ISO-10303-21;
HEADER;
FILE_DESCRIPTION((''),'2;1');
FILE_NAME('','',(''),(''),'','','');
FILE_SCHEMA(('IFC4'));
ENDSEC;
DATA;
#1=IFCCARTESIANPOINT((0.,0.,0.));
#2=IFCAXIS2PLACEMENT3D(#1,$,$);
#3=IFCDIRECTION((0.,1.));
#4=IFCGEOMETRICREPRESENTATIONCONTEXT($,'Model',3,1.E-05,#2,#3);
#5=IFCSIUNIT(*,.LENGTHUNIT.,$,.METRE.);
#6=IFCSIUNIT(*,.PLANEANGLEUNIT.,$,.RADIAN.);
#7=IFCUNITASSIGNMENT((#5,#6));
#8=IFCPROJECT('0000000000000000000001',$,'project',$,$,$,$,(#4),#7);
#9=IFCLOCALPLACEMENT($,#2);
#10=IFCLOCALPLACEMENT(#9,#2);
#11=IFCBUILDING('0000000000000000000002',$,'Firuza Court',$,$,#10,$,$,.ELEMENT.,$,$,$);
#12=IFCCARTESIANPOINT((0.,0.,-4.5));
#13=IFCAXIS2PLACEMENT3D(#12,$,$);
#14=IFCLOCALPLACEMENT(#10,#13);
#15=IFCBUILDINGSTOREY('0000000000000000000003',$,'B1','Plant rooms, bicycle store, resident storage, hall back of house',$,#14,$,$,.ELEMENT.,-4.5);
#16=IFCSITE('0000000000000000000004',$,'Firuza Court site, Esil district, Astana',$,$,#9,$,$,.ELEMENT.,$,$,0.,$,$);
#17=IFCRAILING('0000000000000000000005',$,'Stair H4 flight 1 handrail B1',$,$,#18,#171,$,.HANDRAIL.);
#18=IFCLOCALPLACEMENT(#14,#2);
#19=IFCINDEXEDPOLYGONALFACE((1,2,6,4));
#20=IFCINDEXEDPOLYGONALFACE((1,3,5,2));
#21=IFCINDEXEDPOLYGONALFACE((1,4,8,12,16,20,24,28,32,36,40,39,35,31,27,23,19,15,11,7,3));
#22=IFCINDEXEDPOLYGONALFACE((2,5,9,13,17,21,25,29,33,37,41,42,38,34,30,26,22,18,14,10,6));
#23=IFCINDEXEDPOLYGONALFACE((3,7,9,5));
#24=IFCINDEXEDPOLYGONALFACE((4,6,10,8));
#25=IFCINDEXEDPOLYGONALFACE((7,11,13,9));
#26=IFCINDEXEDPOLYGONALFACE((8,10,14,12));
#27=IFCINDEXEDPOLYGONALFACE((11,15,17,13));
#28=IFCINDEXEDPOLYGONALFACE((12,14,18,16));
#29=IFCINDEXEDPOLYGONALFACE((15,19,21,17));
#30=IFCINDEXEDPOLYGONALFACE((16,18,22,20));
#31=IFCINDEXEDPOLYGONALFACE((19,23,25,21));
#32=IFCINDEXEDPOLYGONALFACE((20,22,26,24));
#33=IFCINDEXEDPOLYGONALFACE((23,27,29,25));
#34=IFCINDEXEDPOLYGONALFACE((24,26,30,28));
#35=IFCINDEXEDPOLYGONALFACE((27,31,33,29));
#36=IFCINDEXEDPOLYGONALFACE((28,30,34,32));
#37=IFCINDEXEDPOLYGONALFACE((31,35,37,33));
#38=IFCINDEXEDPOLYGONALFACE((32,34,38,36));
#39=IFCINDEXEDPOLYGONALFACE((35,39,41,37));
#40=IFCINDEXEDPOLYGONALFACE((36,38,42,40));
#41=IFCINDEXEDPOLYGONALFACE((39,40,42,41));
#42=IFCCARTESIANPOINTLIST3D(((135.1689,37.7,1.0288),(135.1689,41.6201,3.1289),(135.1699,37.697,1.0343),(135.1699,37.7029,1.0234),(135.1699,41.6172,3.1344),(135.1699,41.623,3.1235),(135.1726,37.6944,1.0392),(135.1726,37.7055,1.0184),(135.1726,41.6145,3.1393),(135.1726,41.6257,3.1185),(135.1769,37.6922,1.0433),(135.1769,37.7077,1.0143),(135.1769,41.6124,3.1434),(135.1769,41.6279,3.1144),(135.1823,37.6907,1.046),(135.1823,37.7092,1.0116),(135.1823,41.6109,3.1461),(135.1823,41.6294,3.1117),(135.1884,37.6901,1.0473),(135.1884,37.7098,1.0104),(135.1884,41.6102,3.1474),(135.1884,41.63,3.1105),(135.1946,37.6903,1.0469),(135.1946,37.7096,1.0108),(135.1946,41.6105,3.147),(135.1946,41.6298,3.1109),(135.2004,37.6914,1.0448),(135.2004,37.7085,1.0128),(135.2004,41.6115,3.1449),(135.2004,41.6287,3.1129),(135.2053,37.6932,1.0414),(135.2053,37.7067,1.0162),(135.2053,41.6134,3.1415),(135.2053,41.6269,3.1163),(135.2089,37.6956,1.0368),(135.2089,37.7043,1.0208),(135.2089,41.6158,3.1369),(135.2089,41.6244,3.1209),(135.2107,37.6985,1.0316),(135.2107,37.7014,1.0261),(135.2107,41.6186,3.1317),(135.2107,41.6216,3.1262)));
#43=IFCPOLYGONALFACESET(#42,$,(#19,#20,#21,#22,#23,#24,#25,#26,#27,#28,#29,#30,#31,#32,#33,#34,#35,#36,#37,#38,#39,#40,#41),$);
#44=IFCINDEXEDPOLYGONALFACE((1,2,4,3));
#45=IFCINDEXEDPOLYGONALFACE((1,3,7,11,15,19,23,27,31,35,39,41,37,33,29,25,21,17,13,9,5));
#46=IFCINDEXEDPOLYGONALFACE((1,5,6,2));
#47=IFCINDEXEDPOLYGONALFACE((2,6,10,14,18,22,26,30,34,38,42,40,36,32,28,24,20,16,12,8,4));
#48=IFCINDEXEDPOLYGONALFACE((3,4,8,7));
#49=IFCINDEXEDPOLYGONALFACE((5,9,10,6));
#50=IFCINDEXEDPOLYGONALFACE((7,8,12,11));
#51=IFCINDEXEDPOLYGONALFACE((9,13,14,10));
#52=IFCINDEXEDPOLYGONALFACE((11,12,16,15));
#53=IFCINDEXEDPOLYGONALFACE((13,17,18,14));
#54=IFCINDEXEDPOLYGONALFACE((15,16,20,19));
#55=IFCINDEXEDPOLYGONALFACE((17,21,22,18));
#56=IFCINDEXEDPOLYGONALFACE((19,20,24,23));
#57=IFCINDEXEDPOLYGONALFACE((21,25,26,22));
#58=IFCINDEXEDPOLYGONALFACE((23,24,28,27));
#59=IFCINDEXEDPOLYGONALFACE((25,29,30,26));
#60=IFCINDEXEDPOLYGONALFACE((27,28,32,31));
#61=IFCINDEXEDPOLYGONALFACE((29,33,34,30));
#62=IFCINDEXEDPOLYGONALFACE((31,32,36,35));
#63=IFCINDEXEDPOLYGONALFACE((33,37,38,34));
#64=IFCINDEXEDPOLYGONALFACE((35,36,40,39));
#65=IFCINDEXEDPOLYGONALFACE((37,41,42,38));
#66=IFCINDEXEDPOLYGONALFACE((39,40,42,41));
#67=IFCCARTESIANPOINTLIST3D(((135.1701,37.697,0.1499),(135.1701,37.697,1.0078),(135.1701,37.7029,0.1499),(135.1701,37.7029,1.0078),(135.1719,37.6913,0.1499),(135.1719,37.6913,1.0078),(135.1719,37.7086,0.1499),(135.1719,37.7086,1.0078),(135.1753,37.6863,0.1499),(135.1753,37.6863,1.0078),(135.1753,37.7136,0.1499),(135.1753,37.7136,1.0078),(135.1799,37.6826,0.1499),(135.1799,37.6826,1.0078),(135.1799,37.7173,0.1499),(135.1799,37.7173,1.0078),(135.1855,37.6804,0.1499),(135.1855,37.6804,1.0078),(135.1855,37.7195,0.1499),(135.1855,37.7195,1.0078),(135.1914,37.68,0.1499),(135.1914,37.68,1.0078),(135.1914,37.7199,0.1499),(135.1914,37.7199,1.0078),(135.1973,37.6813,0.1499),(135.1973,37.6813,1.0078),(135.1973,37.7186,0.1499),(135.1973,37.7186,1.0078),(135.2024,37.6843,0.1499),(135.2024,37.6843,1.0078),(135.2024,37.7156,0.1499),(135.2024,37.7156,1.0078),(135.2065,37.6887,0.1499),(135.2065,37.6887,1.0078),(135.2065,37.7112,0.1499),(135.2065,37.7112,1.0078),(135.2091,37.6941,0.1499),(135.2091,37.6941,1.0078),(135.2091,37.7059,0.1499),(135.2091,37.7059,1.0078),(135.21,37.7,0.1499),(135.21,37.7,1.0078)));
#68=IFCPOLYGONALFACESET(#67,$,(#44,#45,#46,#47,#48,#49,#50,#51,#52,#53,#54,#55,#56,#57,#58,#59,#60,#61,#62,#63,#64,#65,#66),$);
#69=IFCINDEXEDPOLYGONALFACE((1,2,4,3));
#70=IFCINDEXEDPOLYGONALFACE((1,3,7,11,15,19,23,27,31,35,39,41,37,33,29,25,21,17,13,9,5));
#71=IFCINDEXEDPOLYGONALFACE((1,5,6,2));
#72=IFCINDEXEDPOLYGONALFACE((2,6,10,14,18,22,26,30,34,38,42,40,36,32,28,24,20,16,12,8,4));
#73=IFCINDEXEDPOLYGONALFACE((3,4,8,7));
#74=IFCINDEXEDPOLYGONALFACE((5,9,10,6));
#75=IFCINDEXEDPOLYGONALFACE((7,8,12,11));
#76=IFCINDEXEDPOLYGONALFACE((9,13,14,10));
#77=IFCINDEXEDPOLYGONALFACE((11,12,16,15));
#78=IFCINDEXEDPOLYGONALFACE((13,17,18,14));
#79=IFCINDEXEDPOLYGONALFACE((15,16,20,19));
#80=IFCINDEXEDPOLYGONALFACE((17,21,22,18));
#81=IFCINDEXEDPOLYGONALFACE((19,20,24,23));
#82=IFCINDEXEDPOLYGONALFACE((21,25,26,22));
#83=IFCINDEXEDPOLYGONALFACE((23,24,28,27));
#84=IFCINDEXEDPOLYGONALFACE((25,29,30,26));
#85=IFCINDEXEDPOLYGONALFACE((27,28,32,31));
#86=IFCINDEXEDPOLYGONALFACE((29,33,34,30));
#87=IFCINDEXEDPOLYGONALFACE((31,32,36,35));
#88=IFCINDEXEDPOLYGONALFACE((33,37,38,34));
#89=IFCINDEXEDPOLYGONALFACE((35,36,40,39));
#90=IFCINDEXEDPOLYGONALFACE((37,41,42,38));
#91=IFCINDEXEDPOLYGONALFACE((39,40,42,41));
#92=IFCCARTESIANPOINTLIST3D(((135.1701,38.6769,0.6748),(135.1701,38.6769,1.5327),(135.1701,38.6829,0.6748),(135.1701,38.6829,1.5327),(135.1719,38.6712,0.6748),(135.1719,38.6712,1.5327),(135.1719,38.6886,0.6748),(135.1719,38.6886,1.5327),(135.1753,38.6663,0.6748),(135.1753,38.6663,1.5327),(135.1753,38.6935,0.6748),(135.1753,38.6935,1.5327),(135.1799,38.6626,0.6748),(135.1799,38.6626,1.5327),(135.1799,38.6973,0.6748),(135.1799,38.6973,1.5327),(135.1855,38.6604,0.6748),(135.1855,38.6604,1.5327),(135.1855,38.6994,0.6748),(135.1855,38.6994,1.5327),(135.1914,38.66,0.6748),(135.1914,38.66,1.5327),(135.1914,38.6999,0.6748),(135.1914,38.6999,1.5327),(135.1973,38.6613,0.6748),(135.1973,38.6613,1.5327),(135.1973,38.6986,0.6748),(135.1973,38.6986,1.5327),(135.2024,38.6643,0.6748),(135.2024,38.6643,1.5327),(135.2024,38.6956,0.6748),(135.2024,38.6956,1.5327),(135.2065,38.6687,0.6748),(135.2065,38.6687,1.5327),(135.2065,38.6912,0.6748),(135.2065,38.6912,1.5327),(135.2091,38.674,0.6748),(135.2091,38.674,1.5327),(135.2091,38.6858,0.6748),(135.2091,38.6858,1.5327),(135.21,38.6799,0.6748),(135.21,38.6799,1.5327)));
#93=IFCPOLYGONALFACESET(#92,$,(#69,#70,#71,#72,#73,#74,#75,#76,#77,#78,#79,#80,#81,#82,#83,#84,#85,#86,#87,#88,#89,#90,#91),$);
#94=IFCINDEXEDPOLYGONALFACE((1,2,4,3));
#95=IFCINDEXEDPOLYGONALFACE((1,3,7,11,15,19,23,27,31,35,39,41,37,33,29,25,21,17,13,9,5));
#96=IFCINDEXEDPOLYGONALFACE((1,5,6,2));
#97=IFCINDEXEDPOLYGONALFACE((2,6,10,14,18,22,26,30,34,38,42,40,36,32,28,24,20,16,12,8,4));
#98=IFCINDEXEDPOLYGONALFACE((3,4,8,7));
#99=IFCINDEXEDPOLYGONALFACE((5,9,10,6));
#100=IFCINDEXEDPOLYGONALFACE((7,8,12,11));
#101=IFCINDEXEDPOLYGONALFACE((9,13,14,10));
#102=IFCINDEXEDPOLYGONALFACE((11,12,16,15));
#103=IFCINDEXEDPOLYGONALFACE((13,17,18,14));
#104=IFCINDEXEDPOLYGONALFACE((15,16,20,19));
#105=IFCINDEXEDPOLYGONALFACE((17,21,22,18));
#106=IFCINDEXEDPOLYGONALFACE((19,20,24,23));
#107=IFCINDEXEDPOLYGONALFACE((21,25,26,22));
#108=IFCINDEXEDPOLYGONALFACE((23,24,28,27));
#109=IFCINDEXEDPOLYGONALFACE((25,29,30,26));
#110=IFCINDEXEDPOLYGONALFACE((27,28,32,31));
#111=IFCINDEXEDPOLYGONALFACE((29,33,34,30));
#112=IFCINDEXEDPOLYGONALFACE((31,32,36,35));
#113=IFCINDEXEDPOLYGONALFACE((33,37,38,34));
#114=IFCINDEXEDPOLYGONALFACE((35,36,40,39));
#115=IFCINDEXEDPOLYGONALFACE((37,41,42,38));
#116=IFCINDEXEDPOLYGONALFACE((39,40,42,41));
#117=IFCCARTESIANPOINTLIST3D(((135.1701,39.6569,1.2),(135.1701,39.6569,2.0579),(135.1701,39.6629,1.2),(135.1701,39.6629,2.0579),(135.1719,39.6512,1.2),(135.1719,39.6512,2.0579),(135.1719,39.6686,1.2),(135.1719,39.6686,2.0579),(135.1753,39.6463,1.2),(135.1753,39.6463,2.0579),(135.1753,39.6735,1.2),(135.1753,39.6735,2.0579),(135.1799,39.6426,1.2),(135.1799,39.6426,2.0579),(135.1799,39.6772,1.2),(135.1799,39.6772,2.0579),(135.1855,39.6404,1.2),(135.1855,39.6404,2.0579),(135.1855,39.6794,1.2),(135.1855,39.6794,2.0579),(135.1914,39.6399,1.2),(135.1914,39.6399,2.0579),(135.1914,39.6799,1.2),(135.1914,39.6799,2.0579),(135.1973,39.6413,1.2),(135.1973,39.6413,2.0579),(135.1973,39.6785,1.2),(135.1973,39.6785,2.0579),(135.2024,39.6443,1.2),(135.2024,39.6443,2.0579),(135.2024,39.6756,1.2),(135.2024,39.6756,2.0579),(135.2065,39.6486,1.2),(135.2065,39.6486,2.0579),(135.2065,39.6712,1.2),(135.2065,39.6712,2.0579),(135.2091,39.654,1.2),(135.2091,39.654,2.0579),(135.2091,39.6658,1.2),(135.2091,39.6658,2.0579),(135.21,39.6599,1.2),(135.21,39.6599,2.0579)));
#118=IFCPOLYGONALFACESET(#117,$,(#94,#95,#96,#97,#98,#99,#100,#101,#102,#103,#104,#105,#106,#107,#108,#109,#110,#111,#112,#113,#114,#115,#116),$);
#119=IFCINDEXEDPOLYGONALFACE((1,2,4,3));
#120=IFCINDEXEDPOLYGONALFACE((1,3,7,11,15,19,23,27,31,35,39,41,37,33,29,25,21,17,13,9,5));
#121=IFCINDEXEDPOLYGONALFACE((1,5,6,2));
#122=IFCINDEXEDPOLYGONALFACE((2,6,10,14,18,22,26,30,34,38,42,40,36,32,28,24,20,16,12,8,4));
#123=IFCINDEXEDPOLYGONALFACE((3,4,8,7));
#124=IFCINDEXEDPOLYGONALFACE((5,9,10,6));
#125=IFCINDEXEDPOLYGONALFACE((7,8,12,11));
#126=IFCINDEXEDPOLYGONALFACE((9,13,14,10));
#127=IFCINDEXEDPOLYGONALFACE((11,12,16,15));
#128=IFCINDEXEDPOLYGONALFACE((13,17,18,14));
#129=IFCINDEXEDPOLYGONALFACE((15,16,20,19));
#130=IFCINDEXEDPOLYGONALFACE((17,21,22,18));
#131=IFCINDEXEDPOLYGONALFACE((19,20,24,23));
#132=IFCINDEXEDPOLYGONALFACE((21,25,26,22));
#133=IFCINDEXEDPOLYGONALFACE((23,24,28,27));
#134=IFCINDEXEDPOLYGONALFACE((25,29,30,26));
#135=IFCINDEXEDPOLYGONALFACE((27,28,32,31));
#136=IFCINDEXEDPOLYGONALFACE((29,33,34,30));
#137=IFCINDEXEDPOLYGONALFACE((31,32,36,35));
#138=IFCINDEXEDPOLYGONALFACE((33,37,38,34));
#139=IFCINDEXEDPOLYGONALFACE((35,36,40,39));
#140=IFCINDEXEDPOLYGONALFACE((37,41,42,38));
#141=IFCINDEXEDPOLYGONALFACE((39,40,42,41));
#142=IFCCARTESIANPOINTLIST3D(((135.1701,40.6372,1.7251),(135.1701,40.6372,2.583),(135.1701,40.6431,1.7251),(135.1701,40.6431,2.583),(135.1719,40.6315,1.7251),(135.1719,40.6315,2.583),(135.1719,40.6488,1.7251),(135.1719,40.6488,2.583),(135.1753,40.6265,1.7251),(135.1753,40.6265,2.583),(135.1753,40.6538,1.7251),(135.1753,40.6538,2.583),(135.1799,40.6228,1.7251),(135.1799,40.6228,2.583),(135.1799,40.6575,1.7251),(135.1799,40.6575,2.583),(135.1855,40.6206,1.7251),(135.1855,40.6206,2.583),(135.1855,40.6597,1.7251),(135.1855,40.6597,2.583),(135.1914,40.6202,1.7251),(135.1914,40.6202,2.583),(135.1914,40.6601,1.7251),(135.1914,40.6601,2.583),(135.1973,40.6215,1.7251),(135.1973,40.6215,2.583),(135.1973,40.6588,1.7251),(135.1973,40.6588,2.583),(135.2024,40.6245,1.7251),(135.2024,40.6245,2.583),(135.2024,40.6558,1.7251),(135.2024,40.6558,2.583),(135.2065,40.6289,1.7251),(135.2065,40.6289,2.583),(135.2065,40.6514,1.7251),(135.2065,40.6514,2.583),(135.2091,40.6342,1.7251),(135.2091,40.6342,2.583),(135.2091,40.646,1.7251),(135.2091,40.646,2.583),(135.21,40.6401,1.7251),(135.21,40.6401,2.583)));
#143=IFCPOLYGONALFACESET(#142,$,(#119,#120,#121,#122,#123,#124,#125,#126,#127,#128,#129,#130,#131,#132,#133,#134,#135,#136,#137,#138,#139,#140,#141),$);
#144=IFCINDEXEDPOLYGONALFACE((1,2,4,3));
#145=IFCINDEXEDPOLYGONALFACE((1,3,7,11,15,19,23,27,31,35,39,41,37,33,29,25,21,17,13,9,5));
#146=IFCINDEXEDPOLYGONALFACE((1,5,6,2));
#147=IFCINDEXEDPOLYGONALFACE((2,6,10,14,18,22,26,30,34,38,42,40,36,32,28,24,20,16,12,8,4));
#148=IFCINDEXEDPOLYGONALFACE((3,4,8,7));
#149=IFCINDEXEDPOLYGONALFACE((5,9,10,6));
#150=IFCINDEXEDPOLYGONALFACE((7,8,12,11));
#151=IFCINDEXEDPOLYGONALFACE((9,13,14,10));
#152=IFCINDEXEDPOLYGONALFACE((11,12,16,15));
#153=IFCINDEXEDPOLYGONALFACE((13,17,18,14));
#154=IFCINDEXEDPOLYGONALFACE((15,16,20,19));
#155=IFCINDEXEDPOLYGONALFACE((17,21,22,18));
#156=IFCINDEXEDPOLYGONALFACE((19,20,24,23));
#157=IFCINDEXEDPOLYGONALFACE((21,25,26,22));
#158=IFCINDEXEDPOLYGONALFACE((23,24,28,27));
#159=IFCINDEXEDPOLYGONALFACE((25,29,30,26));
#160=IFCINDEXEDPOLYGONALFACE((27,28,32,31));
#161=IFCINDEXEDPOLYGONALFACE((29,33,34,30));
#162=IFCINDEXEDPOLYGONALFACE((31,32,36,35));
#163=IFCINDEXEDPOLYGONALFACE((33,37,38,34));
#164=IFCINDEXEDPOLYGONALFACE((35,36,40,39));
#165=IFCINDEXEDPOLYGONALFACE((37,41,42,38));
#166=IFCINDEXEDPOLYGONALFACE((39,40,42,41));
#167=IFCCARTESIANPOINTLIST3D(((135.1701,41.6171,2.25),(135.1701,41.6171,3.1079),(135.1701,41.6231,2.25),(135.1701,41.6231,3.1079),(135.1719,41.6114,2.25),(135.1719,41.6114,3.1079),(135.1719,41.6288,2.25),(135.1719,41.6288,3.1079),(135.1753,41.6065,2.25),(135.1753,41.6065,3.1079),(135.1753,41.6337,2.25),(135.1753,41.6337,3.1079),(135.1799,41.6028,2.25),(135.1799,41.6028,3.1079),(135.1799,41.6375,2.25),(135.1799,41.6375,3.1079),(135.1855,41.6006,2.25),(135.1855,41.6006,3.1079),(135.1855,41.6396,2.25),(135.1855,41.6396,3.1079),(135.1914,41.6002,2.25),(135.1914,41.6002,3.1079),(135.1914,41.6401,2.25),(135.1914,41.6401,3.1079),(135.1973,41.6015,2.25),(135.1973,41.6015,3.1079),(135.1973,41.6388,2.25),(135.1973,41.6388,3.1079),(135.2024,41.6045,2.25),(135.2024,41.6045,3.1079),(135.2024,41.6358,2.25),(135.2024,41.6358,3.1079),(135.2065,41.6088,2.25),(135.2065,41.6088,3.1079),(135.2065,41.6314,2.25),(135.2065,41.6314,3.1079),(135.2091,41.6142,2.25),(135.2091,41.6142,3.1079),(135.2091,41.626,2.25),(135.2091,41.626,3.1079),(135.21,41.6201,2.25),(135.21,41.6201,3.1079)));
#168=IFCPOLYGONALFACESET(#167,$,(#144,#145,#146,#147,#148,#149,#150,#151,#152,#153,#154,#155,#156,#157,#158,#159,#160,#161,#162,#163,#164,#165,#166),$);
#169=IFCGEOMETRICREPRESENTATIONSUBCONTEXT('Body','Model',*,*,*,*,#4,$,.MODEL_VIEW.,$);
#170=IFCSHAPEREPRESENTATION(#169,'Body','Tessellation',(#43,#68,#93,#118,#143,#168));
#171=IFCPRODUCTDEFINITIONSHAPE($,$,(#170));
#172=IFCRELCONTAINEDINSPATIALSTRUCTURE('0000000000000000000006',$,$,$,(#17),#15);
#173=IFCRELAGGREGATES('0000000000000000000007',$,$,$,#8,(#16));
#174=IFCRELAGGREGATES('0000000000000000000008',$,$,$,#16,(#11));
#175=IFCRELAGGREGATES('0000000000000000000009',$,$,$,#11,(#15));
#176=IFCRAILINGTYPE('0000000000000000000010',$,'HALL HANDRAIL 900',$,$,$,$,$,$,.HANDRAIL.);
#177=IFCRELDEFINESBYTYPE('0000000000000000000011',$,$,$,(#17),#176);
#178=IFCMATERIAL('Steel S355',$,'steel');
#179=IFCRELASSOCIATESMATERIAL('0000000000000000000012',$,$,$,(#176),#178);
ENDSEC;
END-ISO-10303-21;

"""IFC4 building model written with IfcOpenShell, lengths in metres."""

from ifc_helpers import new_model, si_unit, direction, frame, origin, origin_2d, place, context, subcontext, project, spatial, circle, extrude, material, type_object, element, save


model = new_model("IFC4")

# Units and contexts
model_context = context("Model", 3, precision=1e-05, world=origin(), true_north=direction((0.0, 1.0)))
body_context = subcontext(model_context, "Body", "Model", "MODEL_VIEW")
ifc_project = project(units=[si_unit("LENGTHUNIT", "METRE"), si_unit("PLANEANGLEUNIT", "RADIAN")], contexts=[model_context])

# Site, building, storey
site_placement = place(None, origin())
site = spatial("IfcSite", under=ifc_project, at=site_placement, Name="Firuza Court site, Esil district, Astana", CompositionType="ELEMENT", RefElevation=0.0)
building_placement = place(site_placement, origin())
building = spatial("IfcBuilding", under=site, at=building_placement, Name="Firuza Court", CompositionType="ELEMENT")
storey_placement = place(building_placement, frame((0.0, 0.0, -4.5)))
storey = spatial("IfcBuildingStorey", under=building, at=storey_placement, Name="B1", Description="Plant rooms, bicycle store, resident storage, hall back of house", CompositionType="ELEMENT", Elevation=-4.5)

# Railing
ifc_material_1 = material(Name="Steel S355", Category="steel")
railing_type_1 = type_object("IfcRailingType", Name="HALL HANDRAIL 900", PredefinedType="HANDRAIL", material=ifc_material_1)
railing_1_placement = place(storey_placement, frame((135.1899, 37.7, 0.1499)))
element("IfcRailing", 1, at=railing_1_placement, inside=storey, type_object=railing_type_1, Name="Stair H4 flight 1 handrail B1", PredefinedType="HANDRAIL", context=body_context, shape_type="SweptSolid", body=[
    extrude(circle(Radius=0.021, at=origin_2d()), frame((0.0, 0.0, 0.8789), z_axis=(0.0, 0.881479, 0.472223), x_axis=(-1.0, 0.0, 0.0)), (0.0, 0.0, 1.0), 4.4473),
    extrude(circle(Radius=0.02, at=origin_2d()), origin(), (0.0, 0.0, 1.0), 0.8579),
    extrude(circle(Radius=0.02, at=origin_2d()), frame((0.0, 0.98, 0.5249)), (0.0, 0.0, 1.0), 0.8579),
    extrude(circle(Radius=0.02, at=origin_2d()), frame((0.0, 1.96, 1.05)), (0.0, 0.0, 1.0), 0.8579),
    extrude(circle(Radius=0.02, at=origin_2d()), frame((0.0, 2.9402, 1.5752)), (0.0, 0.0, 1.0), 0.8579),
    extrude(circle(Radius=0.02, at=origin_2d()), frame((0.0, 3.9202, 2.1001)), (0.0, 0.0, 1.0), 0.8579),
])

save(model, "model.ifc")
